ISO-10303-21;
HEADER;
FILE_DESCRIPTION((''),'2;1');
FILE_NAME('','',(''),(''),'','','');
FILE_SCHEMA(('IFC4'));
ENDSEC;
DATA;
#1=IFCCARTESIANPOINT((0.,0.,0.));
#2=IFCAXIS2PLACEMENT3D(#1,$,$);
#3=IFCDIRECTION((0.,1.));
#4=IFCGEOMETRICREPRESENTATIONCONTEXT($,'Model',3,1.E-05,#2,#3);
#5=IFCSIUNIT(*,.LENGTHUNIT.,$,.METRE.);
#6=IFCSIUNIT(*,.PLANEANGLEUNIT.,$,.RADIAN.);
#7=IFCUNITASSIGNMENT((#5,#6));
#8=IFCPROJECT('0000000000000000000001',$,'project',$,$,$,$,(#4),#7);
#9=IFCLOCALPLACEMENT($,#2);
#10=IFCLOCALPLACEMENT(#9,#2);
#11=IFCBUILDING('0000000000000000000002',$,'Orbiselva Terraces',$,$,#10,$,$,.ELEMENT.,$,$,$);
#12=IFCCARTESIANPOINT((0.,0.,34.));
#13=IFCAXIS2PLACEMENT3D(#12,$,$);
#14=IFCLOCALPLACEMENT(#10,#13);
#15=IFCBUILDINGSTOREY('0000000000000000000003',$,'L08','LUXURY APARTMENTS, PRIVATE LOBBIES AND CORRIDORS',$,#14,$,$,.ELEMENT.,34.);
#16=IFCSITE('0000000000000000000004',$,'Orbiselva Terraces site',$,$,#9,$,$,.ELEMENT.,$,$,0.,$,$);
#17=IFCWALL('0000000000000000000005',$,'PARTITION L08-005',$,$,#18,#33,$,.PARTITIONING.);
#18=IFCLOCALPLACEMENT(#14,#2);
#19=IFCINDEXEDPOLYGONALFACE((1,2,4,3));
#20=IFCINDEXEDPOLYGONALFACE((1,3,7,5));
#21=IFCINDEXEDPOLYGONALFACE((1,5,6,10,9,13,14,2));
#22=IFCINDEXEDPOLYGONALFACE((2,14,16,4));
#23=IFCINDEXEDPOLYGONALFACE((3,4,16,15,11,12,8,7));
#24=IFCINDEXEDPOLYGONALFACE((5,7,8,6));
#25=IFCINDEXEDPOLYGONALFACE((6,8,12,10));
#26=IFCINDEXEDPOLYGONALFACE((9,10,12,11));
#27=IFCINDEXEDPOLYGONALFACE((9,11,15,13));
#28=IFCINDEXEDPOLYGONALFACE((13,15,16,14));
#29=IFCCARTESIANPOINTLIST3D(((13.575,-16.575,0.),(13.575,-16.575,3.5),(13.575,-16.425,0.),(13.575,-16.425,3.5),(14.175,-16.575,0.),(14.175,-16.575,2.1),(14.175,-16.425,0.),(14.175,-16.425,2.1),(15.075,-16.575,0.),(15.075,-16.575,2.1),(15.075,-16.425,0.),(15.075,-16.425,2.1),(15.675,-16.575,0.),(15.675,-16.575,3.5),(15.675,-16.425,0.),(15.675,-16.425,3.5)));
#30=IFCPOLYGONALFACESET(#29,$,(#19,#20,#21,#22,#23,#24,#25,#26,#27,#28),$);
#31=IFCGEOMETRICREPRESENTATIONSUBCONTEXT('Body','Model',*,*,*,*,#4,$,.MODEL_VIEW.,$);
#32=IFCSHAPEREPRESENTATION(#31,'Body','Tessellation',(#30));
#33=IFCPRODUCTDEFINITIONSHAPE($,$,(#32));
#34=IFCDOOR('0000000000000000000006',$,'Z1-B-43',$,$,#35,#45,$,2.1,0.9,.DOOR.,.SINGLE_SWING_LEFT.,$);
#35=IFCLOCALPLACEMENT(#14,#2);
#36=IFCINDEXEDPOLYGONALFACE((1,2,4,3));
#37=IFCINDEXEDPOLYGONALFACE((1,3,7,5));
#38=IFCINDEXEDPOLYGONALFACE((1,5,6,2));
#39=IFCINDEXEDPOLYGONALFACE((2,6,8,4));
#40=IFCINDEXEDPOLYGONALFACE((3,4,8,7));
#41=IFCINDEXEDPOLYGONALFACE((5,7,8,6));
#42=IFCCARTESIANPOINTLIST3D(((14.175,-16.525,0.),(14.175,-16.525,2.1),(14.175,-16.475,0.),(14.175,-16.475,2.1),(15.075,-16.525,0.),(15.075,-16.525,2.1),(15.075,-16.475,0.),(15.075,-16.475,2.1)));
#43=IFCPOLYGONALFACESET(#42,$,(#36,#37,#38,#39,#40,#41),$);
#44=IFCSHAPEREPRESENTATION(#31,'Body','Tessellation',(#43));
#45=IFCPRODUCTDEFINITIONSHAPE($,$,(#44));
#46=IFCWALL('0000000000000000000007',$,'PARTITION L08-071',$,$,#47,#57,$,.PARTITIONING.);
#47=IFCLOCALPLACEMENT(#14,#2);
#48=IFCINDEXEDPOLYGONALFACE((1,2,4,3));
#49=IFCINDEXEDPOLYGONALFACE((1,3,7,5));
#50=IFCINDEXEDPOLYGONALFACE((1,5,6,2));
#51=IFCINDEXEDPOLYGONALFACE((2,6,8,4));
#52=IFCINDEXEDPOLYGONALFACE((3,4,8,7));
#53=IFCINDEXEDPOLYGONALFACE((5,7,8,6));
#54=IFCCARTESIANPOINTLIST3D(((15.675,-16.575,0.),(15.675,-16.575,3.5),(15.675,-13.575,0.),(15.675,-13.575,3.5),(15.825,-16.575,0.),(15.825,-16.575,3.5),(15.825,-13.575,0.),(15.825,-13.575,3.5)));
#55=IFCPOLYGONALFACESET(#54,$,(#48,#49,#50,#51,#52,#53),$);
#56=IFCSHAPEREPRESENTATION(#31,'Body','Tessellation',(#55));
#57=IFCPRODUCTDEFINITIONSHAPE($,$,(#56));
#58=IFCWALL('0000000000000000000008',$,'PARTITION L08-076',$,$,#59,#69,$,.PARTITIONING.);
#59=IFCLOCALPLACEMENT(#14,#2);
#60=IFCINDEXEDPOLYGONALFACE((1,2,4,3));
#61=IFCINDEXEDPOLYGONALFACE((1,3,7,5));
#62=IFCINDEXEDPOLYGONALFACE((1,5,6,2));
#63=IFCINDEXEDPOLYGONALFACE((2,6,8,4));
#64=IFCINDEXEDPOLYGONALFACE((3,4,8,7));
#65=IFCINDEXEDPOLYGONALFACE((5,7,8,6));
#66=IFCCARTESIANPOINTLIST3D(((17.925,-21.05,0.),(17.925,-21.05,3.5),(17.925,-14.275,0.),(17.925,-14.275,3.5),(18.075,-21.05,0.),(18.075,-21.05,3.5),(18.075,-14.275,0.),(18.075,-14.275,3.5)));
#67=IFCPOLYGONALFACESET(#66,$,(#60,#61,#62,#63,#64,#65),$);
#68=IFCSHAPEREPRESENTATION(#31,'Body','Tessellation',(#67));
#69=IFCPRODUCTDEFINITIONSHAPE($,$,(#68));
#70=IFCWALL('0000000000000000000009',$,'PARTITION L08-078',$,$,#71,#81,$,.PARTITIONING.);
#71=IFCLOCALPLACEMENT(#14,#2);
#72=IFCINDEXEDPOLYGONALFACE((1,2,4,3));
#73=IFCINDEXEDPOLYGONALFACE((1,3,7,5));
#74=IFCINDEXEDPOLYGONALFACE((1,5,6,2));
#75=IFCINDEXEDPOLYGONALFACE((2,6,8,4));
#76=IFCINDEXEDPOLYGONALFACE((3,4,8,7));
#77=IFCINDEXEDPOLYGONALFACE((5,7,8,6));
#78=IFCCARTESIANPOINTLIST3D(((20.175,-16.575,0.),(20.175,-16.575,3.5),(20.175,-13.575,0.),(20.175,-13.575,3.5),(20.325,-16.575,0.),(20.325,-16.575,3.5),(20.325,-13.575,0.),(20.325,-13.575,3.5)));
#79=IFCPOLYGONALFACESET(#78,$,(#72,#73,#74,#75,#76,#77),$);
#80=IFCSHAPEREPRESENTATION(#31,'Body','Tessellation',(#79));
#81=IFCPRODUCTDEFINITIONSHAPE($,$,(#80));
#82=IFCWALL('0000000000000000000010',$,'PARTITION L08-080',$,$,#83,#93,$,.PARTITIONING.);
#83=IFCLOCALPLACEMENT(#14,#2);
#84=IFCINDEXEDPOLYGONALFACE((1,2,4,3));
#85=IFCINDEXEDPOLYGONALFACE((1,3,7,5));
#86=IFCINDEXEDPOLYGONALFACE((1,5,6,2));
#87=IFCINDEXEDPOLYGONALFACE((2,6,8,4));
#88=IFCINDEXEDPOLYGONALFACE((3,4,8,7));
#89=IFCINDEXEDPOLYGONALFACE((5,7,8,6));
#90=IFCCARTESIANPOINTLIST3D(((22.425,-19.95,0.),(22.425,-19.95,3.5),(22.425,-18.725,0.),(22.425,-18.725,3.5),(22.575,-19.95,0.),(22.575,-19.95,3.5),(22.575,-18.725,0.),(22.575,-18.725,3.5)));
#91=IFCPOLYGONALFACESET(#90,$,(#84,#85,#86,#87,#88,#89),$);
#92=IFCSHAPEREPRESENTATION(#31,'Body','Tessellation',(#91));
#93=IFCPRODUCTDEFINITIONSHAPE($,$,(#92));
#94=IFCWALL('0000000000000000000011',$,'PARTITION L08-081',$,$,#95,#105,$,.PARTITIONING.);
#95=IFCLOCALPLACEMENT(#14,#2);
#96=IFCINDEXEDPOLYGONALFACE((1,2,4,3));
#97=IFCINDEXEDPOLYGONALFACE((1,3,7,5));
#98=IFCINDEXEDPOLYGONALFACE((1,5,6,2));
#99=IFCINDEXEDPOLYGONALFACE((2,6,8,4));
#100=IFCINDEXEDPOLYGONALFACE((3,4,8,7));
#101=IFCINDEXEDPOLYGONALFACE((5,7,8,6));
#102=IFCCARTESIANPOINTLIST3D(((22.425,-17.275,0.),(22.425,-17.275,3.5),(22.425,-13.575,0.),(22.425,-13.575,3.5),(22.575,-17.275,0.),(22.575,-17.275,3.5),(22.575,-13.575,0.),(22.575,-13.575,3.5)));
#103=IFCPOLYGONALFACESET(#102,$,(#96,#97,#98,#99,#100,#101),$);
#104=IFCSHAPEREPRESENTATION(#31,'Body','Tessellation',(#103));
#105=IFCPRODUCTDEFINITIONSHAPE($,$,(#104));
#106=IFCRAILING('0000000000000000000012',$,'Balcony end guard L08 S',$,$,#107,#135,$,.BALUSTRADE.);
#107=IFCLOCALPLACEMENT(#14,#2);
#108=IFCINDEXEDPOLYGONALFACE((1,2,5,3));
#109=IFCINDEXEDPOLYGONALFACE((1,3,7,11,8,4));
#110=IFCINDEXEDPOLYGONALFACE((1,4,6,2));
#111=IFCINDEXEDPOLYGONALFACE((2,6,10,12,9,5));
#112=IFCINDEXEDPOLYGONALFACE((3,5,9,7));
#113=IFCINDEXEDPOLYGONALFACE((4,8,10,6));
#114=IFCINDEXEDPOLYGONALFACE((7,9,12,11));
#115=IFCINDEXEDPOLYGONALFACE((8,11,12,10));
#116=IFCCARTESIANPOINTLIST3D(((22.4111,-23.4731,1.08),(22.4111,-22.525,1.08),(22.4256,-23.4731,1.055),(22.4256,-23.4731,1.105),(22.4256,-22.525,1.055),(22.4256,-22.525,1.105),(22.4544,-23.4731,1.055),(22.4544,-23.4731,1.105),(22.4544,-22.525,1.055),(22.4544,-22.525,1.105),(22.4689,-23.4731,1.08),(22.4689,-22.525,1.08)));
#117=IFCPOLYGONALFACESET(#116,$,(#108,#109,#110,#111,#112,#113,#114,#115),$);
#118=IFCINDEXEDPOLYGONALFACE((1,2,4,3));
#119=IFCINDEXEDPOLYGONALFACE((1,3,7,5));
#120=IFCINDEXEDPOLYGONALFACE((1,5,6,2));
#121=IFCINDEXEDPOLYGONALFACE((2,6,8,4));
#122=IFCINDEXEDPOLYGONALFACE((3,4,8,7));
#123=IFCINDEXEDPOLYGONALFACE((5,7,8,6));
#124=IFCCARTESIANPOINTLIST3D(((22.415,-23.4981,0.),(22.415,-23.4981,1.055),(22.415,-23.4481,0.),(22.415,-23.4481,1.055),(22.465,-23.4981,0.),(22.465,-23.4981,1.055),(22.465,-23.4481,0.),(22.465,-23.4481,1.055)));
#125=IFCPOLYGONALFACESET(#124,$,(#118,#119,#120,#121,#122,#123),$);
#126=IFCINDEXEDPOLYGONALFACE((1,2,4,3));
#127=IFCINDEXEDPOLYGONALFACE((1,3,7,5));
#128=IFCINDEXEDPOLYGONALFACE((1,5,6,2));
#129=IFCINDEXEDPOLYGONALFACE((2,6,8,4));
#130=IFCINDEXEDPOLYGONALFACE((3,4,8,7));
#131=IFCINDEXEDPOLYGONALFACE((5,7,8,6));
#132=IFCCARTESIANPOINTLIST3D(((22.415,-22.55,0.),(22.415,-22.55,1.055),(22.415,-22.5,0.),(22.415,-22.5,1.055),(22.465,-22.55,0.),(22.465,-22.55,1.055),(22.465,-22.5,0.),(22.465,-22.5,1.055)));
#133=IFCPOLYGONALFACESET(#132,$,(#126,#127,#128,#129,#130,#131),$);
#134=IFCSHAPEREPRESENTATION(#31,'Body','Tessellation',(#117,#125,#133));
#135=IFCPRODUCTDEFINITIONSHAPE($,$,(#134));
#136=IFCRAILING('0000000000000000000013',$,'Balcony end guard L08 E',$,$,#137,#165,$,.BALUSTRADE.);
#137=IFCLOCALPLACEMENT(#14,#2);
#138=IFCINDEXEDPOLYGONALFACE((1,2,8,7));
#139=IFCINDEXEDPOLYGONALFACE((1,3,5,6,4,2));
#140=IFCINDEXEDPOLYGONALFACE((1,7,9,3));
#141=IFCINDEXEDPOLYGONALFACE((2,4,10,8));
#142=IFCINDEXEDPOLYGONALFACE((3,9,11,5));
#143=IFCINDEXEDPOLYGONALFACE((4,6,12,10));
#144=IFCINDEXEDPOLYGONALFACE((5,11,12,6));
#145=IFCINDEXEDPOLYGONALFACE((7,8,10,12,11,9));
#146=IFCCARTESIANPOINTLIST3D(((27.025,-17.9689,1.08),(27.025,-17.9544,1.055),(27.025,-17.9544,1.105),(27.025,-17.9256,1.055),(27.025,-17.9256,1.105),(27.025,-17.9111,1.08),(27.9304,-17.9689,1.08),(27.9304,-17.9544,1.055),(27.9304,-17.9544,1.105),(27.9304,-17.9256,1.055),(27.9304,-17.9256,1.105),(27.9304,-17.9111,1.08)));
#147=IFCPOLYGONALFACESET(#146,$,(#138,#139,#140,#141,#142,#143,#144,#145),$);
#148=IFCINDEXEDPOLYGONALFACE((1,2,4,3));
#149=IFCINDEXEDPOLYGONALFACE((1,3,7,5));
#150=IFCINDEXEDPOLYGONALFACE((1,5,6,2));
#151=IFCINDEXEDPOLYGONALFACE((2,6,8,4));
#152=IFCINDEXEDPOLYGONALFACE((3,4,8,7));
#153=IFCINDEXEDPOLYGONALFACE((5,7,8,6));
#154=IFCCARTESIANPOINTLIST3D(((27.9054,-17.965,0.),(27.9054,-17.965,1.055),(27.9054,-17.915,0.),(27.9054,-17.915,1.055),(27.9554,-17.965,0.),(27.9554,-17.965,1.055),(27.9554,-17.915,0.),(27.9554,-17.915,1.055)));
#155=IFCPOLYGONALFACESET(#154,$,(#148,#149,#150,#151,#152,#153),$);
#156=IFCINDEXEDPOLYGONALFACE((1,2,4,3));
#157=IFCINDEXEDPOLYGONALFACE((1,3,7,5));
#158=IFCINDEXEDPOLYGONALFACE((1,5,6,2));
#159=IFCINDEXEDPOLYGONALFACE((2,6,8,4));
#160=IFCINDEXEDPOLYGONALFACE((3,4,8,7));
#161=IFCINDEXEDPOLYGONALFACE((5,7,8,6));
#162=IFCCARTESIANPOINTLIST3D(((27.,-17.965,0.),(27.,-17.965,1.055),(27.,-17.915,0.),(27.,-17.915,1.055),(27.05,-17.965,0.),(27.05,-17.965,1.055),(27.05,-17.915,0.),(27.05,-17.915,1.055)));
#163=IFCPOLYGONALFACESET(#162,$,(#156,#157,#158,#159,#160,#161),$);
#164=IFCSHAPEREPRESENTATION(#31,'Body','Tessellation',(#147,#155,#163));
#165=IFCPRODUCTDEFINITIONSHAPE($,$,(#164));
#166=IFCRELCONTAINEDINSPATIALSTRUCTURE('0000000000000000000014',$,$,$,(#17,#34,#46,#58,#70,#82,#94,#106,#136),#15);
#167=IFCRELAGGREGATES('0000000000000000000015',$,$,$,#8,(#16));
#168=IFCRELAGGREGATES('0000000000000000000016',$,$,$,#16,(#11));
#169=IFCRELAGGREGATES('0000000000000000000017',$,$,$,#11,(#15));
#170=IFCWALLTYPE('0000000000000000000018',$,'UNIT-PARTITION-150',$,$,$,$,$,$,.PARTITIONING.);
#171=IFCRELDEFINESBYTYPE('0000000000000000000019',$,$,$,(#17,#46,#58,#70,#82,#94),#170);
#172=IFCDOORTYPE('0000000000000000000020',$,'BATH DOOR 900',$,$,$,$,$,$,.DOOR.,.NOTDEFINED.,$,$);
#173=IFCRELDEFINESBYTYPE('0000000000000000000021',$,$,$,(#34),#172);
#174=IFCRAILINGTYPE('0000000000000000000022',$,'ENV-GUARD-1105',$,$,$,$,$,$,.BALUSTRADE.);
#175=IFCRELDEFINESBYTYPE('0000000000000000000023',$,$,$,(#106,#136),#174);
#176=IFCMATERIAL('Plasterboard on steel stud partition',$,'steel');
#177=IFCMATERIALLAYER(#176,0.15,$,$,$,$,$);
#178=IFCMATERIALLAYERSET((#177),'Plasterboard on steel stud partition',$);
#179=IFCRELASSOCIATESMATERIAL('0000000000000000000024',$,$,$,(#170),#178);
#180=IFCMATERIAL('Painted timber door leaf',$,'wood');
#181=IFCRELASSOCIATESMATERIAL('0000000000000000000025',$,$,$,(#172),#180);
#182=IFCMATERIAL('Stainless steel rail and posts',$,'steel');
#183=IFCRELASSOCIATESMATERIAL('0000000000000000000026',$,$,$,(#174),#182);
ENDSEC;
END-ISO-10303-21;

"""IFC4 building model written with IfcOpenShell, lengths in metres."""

from ifc_helpers import new_model, si_unit, direction, frame, frame_2d, origin, origin_2d, place, context, subcontext, project, spatial, polyline, rectangle, outline, extrude, material, layer, layer_set, type_object, element, fill, save


model = new_model("IFC4")

# Units and contexts
model_context = context("Model", 3, precision=1e-05, world=origin(), true_north=direction((0.0, 1.0)))
body_context = subcontext(model_context, "Body", "Model", "MODEL_VIEW")
ifc_project = project(units=[si_unit("LENGTHUNIT", "METRE"), si_unit("PLANEANGLEUNIT", "RADIAN")], contexts=[model_context])

# Site, building, storey
site_placement = place(None, origin())
site = spatial("IfcSite", under=ifc_project, at=site_placement, Name="Orbiselva Terraces site", CompositionType="ELEMENT", RefElevation=0.0)
building_placement = place(site_placement, origin())
building = spatial("IfcBuilding", under=site, at=building_placement, Name="Orbiselva Terraces", CompositionType="ELEMENT")
storey_placement = place(building_placement, frame((0.0, 0.0, 34.0)))
storey = spatial("IfcBuildingStorey", under=building, at=storey_placement, Name="L08", Description="LUXURY APARTMENTS, PRIVATE LOBBIES AND CORRIDORS", CompositionType="ELEMENT", Elevation=34.0)

# Wall, opening, door
ifc_material_1 = material(Name="Plasterboard on steel stud partition", Category="steel")
ifc_layer_1 = layer(ifc_material_1, 0.15)
ifc_layer_set_1 = layer_set([ifc_layer_1], Name="Plasterboard on steel stud partition")
wall_type_1 = type_object("IfcWallType", Name="UNIT-PARTITION-150", PredefinedType="PARTITIONING", material=ifc_layer_set_1)
wall_1_placement = place(storey_placement, frame((13.575, -16.5, 0.0), z_axis=(0.0, 0.0, 1.0), x_axis=(1.0, 0.0, 0.0)))
wall_1 = element("IfcWall", 1, at=wall_1_placement, inside=storey, type_object=wall_type_1, Name="PARTITION L08-005", PredefinedType="PARTITIONING", context=body_context, shape_type="SweptSolid", body=[
    extrude(rectangle(XDim=2.1, YDim=0.15, at=frame_2d((1.05, 0.0))), origin(), (0.0, 0.0, 1.0), 3.5),
])
opening_1_placement = place(wall_1_placement, frame((0.6, 0.0, 0.0)))
opening_1 = element("IfcOpeningElement", 2, at=opening_1_placement, cuts=wall_1, PredefinedType="OPENING", context=body_context, shape_type="SweptSolid", body=[
    extrude(rectangle(XDim=0.9, YDim=2.1, at=frame_2d((0.45, 1.05))), frame((0.0, 0.085, 0.0), z_axis=(0.0, -1.0, 0.0), x_axis=(1.0, 0.0, 0.0)), (0.0, 0.0, 1.0), 0.17),
])
ifc_material_2 = material(Name="Painted timber door leaf", Category="wood")
door_type_1 = type_object("IfcDoorType", Name="BATH DOOR 900", OperationType="NOTDEFINED", PredefinedType="DOOR", material=ifc_material_2)
door_1_placement = place(opening_1_placement, origin())
door_1 = element("IfcDoor", 3, at=door_1_placement, inside=storey, type_object=door_type_1, Name="Z1-B-43", OperationType="SINGLE_SWING_LEFT", OverallHeight=2.1, OverallWidth=0.9, PredefinedType="DOOR", context=body_context, shape_type="SweptSolid", body=[
    extrude(rectangle(XDim=0.9, YDim=2.1, at=frame_2d((0.45, 1.05))), frame((0.0, 0.025, 0.0), z_axis=(0.0, -1.0, 0.0), x_axis=(1.0, 0.0, 0.0)), (0.0, 0.0, 1.0), 0.05),
])
fill(opening_1, door_1)

# Walls
wall_2_placement = place(storey_placement, frame((15.75, -16.575, 0.0), z_axis=(0.0, 0.0, 1.0), x_axis=(0.0, 1.0, 0.0)))
element("IfcWall", 4, at=wall_2_placement, inside=storey, type_object=wall_type_1, Name="PARTITION L08-071", PredefinedType="PARTITIONING", context=body_context, shape_type="SweptSolid", body=[
    extrude(rectangle(XDim=3.0, YDim=0.15, at=frame_2d((1.5, 0.0))), origin(), (0.0, 0.0, 1.0), 3.5),
])
wall_3_placement = place(storey_placement, frame((18.0, -21.05, 0.0), z_axis=(0.0, 0.0, 1.0), x_axis=(0.0, 1.0, 0.0)))
element("IfcWall", 5, at=wall_3_placement, inside=storey, type_object=wall_type_1, Name="PARTITION L08-076", PredefinedType="PARTITIONING", context=body_context, shape_type="SweptSolid", body=[
    extrude(rectangle(XDim=6.775, YDim=0.15, at=frame_2d((3.3875, 0.0))), origin(), (0.0, 0.0, 1.0), 3.5),
])
wall_4_placement = place(storey_placement, frame((20.25, -16.575, 0.0), z_axis=(0.0, 0.0, 1.0), x_axis=(0.0, 1.0, 0.0)))
element("IfcWall", 6, at=wall_4_placement, inside=storey, type_object=wall_type_1, Name="PARTITION L08-078", PredefinedType="PARTITIONING", context=body_context, shape_type="SweptSolid", body=[
    extrude(rectangle(XDim=3.0, YDim=0.15, at=frame_2d((1.5, 0.0))), origin(), (0.0, 0.0, 1.0), 3.5),
])
wall_5_placement = place(storey_placement, frame((22.5, -19.95, 0.0), z_axis=(0.0, 0.0, 1.0), x_axis=(0.0, 1.0, 0.0)))
element("IfcWall", 7, at=wall_5_placement, inside=storey, type_object=wall_type_1, Name="PARTITION L08-080", PredefinedType="PARTITIONING", context=body_context, shape_type="SweptSolid", body=[
    extrude(rectangle(XDim=1.225, YDim=0.15, at=frame_2d((0.6125, 0.0))), origin(), (0.0, 0.0, 1.0), 3.5),
])
wall_6_placement = place(storey_placement, frame((22.5, -17.275, 0.0), z_axis=(0.0, 0.0, 1.0), x_axis=(0.0, 1.0, 0.0)))
element("IfcWall", 8, at=wall_6_placement, inside=storey, type_object=wall_type_1, Name="PARTITION L08-081", PredefinedType="PARTITIONING", context=body_context, shape_type="SweptSolid", body=[
    extrude(rectangle(XDim=3.7, YDim=0.15, at=frame_2d((1.85, 0.0))), origin(), (0.0, 0.0, 1.0), 3.5),
])

# Railings
ifc_material_3 = material(Name="Stainless steel rail and posts", Category="steel")
railing_type_1 = type_object("IfcRailingType", Name="ENV-GUARD-1105", PredefinedType="BALUSTRADE", material=ifc_material_3)
railing_1_placement = place(storey_placement, frame((22.44, -23.4731, 0.0)))
element("IfcRailing", 9, at=railing_1_placement, inside=storey, type_object=railing_type_1, Name="Balcony end guard L08 S", PredefinedType="BALUSTRADE", context=body_context, shape_type="SweptSolid", body=[
    extrude(outline(polyline([(0.0289, 0.0), (0.0144, 0.025), (-0.0144, 0.025), (-0.0289, 0.0), (-0.0144, -0.025), (0.0144, -0.025), (0.0289, 0.0)])), frame((0.0, 0.0, 1.08), z_axis=(0.0, 1.0, 0.0), x_axis=(-1.0, 0.0, 0.0)), (0.0, 0.0, 1.0), 0.9481),
    extrude(rectangle(XDim=0.05, YDim=0.05, at=origin_2d()), origin(), (0.0, 0.0, 1.0), 1.055),
    extrude(rectangle(XDim=0.05, YDim=0.05, at=origin_2d()), frame((0.0, 0.9481, 0.0)), (0.0, 0.0, 1.0), 1.055),
])
railing_2_placement = place(storey_placement, frame((27.9304, -17.94, 0.0)))
element("IfcRailing", 10, at=railing_2_placement, inside=storey, type_object=railing_type_1, Name="Balcony end guard L08 E", PredefinedType="BALUSTRADE", context=body_context, shape_type="SweptSolid", body=[
    extrude(outline(polyline([(0.0289, 0.0), (0.0144, 0.025), (-0.0144, 0.025), (-0.0289, 0.0), (-0.0144, -0.025), (0.0144, -0.025), (0.0289, 0.0)])), frame((0.0, 0.0, 1.08), z_axis=(-1.0, 0.0, 0.0), x_axis=(0.0, -1.0, 0.0)), (0.0, 0.0, 1.0), 0.9054),
    extrude(rectangle(XDim=0.05, YDim=0.05, at=origin_2d()), origin(), (0.0, 0.0, 1.0), 1.055),
    extrude(rectangle(XDim=0.05, YDim=0.05, at=origin_2d()), frame((-0.9054, 0.0, 0.0)), (0.0, 0.0, 1.0), 1.055),
])

save(model, "model.ifc")
